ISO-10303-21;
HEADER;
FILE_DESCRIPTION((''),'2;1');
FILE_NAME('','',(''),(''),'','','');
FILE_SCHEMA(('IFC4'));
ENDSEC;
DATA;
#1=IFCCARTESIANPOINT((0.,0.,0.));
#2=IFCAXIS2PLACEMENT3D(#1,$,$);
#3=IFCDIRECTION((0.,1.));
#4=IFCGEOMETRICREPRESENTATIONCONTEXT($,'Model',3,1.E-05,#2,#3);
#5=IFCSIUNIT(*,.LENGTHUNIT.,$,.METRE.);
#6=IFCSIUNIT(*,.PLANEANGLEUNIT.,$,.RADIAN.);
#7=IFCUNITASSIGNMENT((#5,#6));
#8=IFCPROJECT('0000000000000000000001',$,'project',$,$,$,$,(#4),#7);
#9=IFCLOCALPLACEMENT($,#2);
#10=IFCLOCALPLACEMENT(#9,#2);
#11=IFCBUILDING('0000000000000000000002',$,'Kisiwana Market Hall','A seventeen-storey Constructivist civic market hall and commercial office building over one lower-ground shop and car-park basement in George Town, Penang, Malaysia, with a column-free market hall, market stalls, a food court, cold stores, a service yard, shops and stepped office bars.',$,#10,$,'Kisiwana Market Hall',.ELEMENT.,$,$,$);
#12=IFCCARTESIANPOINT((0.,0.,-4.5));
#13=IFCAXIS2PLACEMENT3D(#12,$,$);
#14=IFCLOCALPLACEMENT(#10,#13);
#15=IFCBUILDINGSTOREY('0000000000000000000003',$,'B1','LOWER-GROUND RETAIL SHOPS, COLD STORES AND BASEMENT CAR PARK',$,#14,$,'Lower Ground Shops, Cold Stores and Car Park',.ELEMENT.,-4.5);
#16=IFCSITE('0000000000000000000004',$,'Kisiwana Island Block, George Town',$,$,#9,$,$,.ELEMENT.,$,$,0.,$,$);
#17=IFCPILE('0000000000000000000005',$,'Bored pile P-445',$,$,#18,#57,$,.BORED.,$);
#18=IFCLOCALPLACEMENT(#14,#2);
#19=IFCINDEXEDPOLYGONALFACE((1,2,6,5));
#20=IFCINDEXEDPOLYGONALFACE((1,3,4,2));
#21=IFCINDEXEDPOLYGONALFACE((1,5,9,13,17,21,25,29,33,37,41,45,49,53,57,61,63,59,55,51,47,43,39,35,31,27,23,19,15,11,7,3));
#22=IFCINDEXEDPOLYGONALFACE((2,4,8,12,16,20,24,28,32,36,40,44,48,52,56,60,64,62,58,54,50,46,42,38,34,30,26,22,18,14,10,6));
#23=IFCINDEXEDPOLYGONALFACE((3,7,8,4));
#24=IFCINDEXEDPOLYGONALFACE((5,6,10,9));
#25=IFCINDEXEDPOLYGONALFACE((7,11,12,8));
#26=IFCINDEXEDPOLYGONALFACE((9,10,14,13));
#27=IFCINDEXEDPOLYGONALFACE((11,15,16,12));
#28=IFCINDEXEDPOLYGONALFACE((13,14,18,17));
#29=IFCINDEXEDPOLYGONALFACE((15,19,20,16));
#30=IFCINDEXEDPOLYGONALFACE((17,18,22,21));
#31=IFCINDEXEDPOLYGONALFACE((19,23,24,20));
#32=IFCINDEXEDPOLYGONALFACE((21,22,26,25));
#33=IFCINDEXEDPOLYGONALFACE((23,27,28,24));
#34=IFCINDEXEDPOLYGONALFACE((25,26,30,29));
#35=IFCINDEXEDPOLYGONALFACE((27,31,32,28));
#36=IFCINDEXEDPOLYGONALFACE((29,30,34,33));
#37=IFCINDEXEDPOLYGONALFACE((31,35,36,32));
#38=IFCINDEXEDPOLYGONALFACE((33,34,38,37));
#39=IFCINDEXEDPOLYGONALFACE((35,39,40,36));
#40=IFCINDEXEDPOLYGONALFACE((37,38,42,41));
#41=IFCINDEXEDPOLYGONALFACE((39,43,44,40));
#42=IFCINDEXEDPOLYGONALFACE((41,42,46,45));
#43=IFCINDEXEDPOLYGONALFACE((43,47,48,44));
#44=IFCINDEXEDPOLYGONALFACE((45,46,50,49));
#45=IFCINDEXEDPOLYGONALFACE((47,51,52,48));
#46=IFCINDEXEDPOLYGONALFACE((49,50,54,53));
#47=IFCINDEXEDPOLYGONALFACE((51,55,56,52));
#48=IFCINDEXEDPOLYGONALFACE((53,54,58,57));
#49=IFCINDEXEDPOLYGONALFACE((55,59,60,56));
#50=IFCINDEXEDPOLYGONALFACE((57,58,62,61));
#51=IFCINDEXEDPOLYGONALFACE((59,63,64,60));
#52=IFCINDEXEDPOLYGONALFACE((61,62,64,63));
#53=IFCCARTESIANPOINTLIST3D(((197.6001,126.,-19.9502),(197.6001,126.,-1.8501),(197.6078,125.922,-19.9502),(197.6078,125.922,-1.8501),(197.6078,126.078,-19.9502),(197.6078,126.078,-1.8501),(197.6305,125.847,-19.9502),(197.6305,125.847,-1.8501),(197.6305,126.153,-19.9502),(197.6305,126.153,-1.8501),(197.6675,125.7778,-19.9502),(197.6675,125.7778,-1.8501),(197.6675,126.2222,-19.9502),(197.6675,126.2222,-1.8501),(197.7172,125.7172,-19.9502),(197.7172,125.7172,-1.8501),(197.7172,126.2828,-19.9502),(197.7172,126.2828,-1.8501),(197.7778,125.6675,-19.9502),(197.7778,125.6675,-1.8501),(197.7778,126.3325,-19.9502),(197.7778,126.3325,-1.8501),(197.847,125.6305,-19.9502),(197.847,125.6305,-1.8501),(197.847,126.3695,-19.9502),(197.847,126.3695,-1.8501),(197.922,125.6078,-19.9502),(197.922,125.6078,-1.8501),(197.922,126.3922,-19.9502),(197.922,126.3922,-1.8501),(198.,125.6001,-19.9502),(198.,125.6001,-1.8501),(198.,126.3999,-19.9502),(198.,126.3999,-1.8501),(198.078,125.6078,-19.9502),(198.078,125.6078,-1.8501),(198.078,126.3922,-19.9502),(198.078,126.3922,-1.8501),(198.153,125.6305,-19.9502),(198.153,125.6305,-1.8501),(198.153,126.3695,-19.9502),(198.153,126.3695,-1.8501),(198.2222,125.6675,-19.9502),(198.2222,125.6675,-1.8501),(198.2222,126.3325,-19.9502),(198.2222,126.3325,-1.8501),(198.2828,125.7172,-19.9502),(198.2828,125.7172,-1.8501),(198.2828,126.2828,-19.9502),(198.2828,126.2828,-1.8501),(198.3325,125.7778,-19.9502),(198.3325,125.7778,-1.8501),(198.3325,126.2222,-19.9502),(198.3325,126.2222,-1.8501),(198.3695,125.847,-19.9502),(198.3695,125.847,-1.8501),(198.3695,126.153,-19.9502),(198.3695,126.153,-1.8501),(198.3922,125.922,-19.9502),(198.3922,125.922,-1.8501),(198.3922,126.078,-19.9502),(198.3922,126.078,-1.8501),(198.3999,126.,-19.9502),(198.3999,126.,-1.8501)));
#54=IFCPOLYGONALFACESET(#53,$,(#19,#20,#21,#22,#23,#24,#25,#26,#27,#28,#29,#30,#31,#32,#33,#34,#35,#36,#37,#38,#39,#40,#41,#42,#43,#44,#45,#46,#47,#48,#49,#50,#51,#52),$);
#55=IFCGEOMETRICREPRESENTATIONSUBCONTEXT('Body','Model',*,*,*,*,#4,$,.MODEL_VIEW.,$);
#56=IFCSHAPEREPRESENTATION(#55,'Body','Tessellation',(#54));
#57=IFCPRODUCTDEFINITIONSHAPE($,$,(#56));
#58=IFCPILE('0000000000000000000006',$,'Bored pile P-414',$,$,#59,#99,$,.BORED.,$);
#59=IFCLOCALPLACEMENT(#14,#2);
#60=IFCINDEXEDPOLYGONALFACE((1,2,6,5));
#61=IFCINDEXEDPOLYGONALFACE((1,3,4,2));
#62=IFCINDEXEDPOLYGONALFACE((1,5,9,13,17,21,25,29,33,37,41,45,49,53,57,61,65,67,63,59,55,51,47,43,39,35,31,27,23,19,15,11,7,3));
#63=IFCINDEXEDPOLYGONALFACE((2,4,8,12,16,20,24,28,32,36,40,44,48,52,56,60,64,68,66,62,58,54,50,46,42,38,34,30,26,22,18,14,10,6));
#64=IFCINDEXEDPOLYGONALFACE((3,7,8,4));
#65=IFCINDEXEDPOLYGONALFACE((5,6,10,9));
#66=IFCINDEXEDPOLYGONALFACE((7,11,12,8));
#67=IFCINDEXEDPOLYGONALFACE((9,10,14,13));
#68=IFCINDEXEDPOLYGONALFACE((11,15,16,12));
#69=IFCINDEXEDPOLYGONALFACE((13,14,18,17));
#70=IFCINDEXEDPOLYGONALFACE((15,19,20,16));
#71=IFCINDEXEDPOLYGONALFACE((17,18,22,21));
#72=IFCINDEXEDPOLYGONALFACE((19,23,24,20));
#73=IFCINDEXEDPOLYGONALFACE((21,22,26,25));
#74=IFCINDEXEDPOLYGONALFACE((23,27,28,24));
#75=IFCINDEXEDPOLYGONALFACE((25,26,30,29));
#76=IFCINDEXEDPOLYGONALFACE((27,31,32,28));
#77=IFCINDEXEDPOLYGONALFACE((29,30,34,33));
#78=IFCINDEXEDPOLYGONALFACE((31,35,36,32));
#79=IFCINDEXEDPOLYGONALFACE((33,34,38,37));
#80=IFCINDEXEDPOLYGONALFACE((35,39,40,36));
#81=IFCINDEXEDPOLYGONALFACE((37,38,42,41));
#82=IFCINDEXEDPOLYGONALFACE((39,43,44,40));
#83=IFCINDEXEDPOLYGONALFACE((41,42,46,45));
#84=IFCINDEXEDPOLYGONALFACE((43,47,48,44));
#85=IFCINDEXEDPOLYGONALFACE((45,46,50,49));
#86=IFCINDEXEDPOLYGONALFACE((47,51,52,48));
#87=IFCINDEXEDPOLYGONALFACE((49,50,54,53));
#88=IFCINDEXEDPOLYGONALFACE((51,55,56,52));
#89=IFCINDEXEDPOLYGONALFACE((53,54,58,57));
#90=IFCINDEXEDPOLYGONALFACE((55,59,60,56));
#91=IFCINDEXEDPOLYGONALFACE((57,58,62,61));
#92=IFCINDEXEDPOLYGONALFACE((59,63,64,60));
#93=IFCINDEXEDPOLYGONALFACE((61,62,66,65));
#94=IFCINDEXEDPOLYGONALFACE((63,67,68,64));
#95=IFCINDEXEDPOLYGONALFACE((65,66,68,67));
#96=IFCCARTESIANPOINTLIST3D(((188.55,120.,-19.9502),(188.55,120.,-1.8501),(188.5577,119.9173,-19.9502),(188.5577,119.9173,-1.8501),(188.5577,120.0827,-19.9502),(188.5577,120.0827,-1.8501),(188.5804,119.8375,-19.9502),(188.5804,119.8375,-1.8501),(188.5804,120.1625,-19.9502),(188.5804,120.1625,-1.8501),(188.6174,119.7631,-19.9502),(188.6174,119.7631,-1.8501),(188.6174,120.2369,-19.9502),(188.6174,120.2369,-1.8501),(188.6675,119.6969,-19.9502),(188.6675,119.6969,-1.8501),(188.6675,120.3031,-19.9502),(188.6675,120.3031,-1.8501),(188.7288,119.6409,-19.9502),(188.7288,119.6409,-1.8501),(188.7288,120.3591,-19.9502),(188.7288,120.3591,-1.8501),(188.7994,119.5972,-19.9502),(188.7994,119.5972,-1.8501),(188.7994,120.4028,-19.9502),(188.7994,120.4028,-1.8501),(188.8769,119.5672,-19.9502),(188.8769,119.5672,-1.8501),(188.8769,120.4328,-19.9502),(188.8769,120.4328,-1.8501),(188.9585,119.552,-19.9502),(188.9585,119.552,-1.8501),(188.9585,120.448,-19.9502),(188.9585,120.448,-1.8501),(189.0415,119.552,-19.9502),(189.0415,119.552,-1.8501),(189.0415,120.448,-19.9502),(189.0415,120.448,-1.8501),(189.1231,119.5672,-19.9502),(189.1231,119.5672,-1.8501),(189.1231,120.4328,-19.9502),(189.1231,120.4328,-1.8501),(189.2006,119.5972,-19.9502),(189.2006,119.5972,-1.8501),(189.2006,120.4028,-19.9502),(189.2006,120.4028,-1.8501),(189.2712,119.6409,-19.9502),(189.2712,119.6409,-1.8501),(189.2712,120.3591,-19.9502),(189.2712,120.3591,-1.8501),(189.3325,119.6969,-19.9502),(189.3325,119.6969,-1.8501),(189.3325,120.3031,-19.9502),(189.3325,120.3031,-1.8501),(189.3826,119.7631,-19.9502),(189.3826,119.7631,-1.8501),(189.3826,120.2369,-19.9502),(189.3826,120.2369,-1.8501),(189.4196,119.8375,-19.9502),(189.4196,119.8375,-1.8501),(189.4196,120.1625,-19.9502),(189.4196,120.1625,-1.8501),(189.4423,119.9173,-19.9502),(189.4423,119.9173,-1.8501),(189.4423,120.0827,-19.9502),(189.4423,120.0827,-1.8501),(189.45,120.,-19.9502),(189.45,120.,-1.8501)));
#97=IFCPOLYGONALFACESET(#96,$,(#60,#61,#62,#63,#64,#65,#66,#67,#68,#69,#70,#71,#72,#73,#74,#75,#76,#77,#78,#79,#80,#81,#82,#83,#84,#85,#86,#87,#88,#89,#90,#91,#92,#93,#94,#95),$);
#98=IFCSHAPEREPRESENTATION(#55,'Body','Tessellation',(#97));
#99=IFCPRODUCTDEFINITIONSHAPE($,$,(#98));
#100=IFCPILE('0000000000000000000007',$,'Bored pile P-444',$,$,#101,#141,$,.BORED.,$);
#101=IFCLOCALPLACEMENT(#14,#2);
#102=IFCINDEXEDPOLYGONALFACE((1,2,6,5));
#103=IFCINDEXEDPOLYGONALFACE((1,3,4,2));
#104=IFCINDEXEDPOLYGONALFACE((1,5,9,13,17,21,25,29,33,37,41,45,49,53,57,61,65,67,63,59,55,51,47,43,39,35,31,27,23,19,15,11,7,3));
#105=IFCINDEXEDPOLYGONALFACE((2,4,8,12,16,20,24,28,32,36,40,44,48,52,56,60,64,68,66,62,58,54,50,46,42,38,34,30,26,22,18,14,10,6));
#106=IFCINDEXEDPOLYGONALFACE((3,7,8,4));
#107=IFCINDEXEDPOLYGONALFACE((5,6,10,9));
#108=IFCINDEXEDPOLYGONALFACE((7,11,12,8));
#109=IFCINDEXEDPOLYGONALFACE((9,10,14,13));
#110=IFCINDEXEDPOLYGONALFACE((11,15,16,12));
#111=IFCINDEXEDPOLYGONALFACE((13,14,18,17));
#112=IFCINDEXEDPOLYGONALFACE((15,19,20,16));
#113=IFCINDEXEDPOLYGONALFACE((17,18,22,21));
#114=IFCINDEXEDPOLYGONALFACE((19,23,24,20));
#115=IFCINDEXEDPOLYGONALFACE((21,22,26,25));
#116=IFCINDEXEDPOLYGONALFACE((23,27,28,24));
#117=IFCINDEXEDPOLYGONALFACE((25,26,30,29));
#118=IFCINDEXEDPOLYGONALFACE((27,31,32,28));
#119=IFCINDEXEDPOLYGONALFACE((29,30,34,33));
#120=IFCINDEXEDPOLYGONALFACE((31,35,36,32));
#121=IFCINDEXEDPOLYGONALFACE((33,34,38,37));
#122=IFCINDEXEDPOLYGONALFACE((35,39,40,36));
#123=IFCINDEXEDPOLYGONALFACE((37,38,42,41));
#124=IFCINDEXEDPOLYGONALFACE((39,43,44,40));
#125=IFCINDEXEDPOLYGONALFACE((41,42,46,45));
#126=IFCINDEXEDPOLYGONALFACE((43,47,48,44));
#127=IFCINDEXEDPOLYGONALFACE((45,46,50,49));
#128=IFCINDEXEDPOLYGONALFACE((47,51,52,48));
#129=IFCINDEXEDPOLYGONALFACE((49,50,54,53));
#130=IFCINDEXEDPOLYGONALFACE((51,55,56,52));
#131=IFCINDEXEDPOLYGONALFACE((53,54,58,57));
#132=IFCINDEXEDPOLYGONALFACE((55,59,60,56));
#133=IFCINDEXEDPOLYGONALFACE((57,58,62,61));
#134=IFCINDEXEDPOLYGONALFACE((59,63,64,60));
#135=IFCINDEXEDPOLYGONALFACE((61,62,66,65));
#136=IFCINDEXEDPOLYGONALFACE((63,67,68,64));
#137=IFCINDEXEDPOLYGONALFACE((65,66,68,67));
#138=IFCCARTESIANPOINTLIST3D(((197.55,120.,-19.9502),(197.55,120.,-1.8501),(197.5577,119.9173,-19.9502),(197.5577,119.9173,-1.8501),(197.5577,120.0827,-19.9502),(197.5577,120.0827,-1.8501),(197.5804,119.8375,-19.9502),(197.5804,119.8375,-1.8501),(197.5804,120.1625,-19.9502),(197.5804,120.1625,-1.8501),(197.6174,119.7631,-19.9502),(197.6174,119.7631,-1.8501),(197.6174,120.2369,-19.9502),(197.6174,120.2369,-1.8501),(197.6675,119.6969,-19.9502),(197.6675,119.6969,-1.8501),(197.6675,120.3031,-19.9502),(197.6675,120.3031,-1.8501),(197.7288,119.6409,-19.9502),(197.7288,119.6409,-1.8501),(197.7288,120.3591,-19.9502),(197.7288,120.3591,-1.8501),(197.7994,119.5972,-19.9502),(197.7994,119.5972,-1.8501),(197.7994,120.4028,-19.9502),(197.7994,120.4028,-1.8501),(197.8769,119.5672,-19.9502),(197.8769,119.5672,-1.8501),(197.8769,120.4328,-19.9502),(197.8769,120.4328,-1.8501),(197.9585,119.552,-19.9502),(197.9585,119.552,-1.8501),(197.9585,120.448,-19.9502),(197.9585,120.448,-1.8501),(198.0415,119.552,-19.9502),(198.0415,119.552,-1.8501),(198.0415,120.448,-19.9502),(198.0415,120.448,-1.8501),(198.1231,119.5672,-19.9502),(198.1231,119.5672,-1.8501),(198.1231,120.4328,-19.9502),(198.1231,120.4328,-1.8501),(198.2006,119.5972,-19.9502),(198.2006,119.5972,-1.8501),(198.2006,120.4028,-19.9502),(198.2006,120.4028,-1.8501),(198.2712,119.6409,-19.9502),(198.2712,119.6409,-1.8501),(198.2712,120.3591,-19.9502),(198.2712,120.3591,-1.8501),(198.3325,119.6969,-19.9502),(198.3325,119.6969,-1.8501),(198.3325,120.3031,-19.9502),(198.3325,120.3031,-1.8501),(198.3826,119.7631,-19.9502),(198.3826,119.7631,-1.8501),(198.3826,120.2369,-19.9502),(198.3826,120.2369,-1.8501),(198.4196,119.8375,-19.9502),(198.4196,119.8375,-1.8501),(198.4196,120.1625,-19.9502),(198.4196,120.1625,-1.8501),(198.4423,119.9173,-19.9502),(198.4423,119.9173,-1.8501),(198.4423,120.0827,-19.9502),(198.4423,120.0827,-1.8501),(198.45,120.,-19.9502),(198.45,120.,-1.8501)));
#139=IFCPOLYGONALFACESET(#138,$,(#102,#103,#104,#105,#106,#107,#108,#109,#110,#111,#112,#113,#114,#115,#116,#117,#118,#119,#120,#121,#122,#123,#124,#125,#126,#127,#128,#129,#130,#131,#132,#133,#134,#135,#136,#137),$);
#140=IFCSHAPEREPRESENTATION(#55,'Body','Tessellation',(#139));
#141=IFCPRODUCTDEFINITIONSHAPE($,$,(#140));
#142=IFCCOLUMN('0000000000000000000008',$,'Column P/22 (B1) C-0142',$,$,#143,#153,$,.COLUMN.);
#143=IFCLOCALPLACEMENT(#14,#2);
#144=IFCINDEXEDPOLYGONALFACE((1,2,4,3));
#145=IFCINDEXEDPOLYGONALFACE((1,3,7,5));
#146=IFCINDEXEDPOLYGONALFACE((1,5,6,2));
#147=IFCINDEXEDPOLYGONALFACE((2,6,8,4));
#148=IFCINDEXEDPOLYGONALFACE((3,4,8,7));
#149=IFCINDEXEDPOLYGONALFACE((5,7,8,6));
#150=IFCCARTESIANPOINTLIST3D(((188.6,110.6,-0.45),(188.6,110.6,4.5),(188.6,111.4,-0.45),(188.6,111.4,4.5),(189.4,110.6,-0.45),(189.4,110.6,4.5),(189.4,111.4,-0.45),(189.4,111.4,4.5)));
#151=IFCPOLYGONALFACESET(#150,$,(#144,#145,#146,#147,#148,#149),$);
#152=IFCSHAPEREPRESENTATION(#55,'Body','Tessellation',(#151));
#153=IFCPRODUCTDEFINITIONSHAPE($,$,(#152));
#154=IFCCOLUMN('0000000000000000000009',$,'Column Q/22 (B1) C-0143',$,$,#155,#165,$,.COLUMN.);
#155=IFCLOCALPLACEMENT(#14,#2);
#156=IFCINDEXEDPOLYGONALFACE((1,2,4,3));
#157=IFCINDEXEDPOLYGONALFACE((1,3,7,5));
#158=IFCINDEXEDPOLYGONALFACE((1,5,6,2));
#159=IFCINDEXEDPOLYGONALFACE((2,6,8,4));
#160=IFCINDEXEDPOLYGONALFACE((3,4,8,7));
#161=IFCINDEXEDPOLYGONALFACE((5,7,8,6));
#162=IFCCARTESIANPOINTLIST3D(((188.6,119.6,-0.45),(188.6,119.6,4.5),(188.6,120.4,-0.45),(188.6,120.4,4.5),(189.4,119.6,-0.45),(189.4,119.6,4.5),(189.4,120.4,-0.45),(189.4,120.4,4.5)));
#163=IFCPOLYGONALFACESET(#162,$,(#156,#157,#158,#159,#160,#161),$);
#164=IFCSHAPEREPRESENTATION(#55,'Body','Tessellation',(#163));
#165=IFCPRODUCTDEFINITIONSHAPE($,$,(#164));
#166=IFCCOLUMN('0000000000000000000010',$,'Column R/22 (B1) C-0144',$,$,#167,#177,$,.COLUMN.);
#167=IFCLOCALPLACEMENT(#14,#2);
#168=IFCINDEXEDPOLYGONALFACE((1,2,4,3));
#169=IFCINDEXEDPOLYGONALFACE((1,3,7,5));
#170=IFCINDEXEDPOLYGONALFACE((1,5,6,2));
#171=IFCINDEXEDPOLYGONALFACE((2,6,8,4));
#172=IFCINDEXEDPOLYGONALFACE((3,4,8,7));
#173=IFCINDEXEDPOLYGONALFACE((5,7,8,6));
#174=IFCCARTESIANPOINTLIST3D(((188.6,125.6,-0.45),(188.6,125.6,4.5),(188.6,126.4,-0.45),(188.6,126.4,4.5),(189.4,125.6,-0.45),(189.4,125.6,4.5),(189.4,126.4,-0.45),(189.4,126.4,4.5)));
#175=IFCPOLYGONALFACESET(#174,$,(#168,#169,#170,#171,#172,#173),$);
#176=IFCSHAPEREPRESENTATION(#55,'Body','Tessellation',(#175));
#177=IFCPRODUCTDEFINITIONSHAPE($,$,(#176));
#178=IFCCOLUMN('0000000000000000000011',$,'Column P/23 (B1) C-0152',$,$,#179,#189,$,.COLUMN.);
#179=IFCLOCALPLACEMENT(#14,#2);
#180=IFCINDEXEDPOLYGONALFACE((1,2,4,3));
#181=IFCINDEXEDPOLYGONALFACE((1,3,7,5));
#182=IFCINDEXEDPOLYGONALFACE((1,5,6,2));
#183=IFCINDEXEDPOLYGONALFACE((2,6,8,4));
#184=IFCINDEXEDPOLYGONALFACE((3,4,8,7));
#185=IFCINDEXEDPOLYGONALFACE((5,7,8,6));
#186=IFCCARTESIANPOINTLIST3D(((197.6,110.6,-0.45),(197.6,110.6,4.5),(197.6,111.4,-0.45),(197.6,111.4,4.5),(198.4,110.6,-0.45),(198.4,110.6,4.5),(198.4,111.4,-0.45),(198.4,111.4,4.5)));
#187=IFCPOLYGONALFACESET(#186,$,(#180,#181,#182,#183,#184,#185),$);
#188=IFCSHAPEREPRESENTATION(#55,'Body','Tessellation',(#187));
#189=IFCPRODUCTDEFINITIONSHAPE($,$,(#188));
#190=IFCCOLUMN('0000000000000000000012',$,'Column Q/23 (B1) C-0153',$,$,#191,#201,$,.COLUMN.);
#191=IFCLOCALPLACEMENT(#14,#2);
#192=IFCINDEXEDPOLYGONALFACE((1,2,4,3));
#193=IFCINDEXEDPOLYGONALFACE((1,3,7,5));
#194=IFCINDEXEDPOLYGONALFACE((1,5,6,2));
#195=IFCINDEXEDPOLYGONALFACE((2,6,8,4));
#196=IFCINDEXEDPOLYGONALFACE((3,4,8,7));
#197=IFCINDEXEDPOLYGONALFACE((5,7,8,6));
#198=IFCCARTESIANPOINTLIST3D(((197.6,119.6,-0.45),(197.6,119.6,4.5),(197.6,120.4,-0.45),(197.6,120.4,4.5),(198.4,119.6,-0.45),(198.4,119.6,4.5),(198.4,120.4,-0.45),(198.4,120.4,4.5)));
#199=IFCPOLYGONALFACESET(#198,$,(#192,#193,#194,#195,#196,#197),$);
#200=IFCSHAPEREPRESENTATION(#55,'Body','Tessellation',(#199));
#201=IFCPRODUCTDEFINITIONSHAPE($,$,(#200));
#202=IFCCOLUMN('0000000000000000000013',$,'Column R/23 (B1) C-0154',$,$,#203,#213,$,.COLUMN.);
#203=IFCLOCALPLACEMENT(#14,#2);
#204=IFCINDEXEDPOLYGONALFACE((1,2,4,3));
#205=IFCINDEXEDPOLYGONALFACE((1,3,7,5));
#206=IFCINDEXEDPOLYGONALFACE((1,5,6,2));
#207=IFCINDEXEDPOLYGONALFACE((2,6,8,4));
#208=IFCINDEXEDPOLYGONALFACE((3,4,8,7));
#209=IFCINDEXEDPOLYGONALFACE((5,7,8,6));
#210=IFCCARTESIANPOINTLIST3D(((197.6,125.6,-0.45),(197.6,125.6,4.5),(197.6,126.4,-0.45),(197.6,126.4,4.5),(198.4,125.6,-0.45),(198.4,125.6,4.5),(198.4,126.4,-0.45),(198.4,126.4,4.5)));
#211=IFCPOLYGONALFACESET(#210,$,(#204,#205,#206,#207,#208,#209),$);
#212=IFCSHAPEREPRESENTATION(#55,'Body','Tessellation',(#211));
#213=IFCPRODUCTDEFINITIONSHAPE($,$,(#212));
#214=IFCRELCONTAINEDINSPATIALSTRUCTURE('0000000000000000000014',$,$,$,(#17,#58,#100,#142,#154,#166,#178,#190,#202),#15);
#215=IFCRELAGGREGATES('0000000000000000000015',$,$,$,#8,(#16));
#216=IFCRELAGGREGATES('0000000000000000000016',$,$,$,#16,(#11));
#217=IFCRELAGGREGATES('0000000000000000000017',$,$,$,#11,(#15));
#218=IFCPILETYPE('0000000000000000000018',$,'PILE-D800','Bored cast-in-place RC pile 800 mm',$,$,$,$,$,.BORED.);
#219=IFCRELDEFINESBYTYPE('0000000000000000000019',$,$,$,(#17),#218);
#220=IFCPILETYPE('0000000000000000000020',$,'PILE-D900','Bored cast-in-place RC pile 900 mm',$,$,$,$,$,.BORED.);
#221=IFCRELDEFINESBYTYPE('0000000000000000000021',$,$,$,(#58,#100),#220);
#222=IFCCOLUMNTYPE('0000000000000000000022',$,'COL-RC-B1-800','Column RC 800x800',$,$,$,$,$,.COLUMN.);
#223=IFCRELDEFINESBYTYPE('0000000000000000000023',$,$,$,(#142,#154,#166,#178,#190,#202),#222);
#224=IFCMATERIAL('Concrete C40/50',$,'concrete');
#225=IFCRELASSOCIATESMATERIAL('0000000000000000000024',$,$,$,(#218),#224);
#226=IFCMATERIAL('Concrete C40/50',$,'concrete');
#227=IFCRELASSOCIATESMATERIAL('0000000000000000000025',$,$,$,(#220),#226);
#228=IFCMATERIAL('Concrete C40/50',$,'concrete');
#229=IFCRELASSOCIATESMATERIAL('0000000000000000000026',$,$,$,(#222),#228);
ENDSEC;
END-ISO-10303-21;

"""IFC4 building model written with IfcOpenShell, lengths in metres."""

from ifc_helpers import new_model, si_unit, direction, frame, origin, origin_2d, place, context, subcontext, project, spatial, rectangle, circle, extrude, material, material_profile, profile_set, type_object, element, save


model = new_model("IFC4")

# Units and contexts
model_context = context("Model", 3, precision=1e-05, world=origin(), true_north=direction((0.0, 1.0)))
body_context = subcontext(model_context, "Body", "Model", "MODEL_VIEW")
ifc_project = project(units=[si_unit("LENGTHUNIT", "METRE"), si_unit("PLANEANGLEUNIT", "RADIAN")], contexts=[model_context])

# Site, building, storey
site_placement = place(None, origin())
site = spatial("IfcSite", under=ifc_project, at=site_placement, Name="Kisiwana Island Block, George Town", CompositionType="ELEMENT", RefElevation=0.0)
building_placement = place(site_placement, origin())
building = spatial("IfcBuilding", under=site, at=building_placement, Name="Kisiwana Market Hall", Description="A seventeen-storey Constructivist civic market hall and commercial office building over one lower-ground shop and car-park basement in George Town, Penang, Malaysia, with a column-free market hall, market stalls, a food court, cold stores, a service yard, shops and stepped office bars.", LongName="Kisiwana Market Hall", CompositionType="ELEMENT")
storey_placement = place(building_placement, frame((0.0, 0.0, -4.5)))
storey = spatial("IfcBuildingStorey", under=building, at=storey_placement, Name="B1", Description="LOWER-GROUND RETAIL SHOPS, COLD STORES AND BASEMENT CAR PARK", LongName="Lower Ground Shops, Cold Stores and Car Park", CompositionType="ELEMENT", Elevation=-4.5)

# Piles
ifc_material_1 = material(Name="Concrete C40/50", Category="concrete")
ifc_material_profile_1 = material_profile(ifc_material_1, circle(Radius=0.3999, at=origin_2d()), Name="BP D800")
ifc_profile_set_1 = profile_set([ifc_material_profile_1], Name="Concrete C40/50")
pile_type_1 = type_object("IfcPileType", Name="PILE-D800", Description="Bored cast-in-place RC pile 800 mm", PredefinedType="BORED", material=ifc_profile_set_1)
for number, where, z_axis, x_axis, name in (
    (1, (198.0, 126.0, -1.8501), (0.0, 0.0, -1.0), (1.0, 0.0, 0.0), "Bored pile P-445"),
):
    element("IfcPile", number, at=place(storey_placement, frame(where, z_axis=z_axis, x_axis=x_axis)), inside=storey, type_object=pile_type_1, Name=name, PredefinedType="BORED", context=body_context, shape_type="SweptSolid", body=[
        extrude(circle(Radius=0.3999, at=origin_2d()), origin(), (0.0, 0.0, 1.0), 18.1001),
    ])
ifc_material_2 = material(Name="Concrete C40/50", Category="concrete")
ifc_material_profile_2 = material_profile(ifc_material_2, circle(Radius=0.45, at=origin_2d()), Name="BP D900")
ifc_profile_set_2 = profile_set([ifc_material_profile_2], Name="Concrete C40/50")
pile_type_2 = type_object("IfcPileType", Name="PILE-D900", Description="Bored cast-in-place RC pile 900 mm", PredefinedType="BORED", material=ifc_profile_set_2)
for number, where, z_axis, x_axis, name in (
    (2, (189.0, 120.0, -1.8501), (0.0, 0.0, -1.0), (1.0, 0.0, 0.0), "Bored pile P-414"),
    (3, (198.0, 120.0, -1.8501), (0.0, 0.0, -1.0), (1.0, 0.0, 0.0), "Bored pile P-444"),
):
    element("IfcPile", number, at=place(storey_placement, frame(where, z_axis=z_axis, x_axis=x_axis)), inside=storey, type_object=pile_type_2, Name=name, PredefinedType="BORED", context=body_context, shape_type="SweptSolid", body=[
        extrude(circle(Radius=0.45, at=origin_2d()), origin(), (0.0, 0.0, 1.0), 18.1001),
    ])

# Columns
ifc_material_3 = material(Name="Concrete C40/50", Category="concrete")
ifc_material_profile_3 = material_profile(ifc_material_3, rectangle(XDim=0.8, YDim=0.8, at=origin_2d()), Name="RC 800x800")
ifc_profile_set_3 = profile_set([ifc_material_profile_3], Name="Concrete C40/50")
column_type_1 = type_object("IfcColumnType", Name="COL-RC-B1-800", Description="Column RC 800x800", PredefinedType="COLUMN", material=ifc_profile_set_3)
for number, where, z_axis, x_axis, name in (
    (4, (189.0, 111.0, -0.45), (0.0, 0.0, 1.0), (1.0, 0.0, 0.0), "Column P/22 (B1) C-0142"),
    (5, (189.0, 120.0, -0.45), (0.0, 0.0, 1.0), (1.0, 0.0, 0.0), "Column Q/22 (B1) C-0143"),
    (6, (189.0, 126.0, -0.45), (0.0, 0.0, 1.0), (1.0, 0.0, 0.0), "Column R/22 (B1) C-0144"),
    (7, (198.0, 111.0, -0.45), (0.0, 0.0, 1.0), (1.0, 0.0, 0.0), "Column P/23 (B1) C-0152"),
    (8, (198.0, 120.0, -0.45), (0.0, 0.0, 1.0), (1.0, 0.0, 0.0), "Column Q/23 (B1) C-0153"),
    (9, (198.0, 126.0, -0.45), (0.0, 0.0, 1.0), (1.0, 0.0, 0.0), "Column R/23 (B1) C-0154"),
):
    element("IfcColumn", number, at=place(storey_placement, frame(where, z_axis=z_axis, x_axis=x_axis)), inside=storey, type_object=column_type_1, Name=name, PredefinedType="COLUMN", context=body_context, shape_type="SweptSolid", body=[
        extrude(rectangle(XDim=0.8, YDim=0.8, at=origin_2d()), origin(), (0.0, 0.0, 1.0), 4.95),
    ])

save(model, "model.ifc")
